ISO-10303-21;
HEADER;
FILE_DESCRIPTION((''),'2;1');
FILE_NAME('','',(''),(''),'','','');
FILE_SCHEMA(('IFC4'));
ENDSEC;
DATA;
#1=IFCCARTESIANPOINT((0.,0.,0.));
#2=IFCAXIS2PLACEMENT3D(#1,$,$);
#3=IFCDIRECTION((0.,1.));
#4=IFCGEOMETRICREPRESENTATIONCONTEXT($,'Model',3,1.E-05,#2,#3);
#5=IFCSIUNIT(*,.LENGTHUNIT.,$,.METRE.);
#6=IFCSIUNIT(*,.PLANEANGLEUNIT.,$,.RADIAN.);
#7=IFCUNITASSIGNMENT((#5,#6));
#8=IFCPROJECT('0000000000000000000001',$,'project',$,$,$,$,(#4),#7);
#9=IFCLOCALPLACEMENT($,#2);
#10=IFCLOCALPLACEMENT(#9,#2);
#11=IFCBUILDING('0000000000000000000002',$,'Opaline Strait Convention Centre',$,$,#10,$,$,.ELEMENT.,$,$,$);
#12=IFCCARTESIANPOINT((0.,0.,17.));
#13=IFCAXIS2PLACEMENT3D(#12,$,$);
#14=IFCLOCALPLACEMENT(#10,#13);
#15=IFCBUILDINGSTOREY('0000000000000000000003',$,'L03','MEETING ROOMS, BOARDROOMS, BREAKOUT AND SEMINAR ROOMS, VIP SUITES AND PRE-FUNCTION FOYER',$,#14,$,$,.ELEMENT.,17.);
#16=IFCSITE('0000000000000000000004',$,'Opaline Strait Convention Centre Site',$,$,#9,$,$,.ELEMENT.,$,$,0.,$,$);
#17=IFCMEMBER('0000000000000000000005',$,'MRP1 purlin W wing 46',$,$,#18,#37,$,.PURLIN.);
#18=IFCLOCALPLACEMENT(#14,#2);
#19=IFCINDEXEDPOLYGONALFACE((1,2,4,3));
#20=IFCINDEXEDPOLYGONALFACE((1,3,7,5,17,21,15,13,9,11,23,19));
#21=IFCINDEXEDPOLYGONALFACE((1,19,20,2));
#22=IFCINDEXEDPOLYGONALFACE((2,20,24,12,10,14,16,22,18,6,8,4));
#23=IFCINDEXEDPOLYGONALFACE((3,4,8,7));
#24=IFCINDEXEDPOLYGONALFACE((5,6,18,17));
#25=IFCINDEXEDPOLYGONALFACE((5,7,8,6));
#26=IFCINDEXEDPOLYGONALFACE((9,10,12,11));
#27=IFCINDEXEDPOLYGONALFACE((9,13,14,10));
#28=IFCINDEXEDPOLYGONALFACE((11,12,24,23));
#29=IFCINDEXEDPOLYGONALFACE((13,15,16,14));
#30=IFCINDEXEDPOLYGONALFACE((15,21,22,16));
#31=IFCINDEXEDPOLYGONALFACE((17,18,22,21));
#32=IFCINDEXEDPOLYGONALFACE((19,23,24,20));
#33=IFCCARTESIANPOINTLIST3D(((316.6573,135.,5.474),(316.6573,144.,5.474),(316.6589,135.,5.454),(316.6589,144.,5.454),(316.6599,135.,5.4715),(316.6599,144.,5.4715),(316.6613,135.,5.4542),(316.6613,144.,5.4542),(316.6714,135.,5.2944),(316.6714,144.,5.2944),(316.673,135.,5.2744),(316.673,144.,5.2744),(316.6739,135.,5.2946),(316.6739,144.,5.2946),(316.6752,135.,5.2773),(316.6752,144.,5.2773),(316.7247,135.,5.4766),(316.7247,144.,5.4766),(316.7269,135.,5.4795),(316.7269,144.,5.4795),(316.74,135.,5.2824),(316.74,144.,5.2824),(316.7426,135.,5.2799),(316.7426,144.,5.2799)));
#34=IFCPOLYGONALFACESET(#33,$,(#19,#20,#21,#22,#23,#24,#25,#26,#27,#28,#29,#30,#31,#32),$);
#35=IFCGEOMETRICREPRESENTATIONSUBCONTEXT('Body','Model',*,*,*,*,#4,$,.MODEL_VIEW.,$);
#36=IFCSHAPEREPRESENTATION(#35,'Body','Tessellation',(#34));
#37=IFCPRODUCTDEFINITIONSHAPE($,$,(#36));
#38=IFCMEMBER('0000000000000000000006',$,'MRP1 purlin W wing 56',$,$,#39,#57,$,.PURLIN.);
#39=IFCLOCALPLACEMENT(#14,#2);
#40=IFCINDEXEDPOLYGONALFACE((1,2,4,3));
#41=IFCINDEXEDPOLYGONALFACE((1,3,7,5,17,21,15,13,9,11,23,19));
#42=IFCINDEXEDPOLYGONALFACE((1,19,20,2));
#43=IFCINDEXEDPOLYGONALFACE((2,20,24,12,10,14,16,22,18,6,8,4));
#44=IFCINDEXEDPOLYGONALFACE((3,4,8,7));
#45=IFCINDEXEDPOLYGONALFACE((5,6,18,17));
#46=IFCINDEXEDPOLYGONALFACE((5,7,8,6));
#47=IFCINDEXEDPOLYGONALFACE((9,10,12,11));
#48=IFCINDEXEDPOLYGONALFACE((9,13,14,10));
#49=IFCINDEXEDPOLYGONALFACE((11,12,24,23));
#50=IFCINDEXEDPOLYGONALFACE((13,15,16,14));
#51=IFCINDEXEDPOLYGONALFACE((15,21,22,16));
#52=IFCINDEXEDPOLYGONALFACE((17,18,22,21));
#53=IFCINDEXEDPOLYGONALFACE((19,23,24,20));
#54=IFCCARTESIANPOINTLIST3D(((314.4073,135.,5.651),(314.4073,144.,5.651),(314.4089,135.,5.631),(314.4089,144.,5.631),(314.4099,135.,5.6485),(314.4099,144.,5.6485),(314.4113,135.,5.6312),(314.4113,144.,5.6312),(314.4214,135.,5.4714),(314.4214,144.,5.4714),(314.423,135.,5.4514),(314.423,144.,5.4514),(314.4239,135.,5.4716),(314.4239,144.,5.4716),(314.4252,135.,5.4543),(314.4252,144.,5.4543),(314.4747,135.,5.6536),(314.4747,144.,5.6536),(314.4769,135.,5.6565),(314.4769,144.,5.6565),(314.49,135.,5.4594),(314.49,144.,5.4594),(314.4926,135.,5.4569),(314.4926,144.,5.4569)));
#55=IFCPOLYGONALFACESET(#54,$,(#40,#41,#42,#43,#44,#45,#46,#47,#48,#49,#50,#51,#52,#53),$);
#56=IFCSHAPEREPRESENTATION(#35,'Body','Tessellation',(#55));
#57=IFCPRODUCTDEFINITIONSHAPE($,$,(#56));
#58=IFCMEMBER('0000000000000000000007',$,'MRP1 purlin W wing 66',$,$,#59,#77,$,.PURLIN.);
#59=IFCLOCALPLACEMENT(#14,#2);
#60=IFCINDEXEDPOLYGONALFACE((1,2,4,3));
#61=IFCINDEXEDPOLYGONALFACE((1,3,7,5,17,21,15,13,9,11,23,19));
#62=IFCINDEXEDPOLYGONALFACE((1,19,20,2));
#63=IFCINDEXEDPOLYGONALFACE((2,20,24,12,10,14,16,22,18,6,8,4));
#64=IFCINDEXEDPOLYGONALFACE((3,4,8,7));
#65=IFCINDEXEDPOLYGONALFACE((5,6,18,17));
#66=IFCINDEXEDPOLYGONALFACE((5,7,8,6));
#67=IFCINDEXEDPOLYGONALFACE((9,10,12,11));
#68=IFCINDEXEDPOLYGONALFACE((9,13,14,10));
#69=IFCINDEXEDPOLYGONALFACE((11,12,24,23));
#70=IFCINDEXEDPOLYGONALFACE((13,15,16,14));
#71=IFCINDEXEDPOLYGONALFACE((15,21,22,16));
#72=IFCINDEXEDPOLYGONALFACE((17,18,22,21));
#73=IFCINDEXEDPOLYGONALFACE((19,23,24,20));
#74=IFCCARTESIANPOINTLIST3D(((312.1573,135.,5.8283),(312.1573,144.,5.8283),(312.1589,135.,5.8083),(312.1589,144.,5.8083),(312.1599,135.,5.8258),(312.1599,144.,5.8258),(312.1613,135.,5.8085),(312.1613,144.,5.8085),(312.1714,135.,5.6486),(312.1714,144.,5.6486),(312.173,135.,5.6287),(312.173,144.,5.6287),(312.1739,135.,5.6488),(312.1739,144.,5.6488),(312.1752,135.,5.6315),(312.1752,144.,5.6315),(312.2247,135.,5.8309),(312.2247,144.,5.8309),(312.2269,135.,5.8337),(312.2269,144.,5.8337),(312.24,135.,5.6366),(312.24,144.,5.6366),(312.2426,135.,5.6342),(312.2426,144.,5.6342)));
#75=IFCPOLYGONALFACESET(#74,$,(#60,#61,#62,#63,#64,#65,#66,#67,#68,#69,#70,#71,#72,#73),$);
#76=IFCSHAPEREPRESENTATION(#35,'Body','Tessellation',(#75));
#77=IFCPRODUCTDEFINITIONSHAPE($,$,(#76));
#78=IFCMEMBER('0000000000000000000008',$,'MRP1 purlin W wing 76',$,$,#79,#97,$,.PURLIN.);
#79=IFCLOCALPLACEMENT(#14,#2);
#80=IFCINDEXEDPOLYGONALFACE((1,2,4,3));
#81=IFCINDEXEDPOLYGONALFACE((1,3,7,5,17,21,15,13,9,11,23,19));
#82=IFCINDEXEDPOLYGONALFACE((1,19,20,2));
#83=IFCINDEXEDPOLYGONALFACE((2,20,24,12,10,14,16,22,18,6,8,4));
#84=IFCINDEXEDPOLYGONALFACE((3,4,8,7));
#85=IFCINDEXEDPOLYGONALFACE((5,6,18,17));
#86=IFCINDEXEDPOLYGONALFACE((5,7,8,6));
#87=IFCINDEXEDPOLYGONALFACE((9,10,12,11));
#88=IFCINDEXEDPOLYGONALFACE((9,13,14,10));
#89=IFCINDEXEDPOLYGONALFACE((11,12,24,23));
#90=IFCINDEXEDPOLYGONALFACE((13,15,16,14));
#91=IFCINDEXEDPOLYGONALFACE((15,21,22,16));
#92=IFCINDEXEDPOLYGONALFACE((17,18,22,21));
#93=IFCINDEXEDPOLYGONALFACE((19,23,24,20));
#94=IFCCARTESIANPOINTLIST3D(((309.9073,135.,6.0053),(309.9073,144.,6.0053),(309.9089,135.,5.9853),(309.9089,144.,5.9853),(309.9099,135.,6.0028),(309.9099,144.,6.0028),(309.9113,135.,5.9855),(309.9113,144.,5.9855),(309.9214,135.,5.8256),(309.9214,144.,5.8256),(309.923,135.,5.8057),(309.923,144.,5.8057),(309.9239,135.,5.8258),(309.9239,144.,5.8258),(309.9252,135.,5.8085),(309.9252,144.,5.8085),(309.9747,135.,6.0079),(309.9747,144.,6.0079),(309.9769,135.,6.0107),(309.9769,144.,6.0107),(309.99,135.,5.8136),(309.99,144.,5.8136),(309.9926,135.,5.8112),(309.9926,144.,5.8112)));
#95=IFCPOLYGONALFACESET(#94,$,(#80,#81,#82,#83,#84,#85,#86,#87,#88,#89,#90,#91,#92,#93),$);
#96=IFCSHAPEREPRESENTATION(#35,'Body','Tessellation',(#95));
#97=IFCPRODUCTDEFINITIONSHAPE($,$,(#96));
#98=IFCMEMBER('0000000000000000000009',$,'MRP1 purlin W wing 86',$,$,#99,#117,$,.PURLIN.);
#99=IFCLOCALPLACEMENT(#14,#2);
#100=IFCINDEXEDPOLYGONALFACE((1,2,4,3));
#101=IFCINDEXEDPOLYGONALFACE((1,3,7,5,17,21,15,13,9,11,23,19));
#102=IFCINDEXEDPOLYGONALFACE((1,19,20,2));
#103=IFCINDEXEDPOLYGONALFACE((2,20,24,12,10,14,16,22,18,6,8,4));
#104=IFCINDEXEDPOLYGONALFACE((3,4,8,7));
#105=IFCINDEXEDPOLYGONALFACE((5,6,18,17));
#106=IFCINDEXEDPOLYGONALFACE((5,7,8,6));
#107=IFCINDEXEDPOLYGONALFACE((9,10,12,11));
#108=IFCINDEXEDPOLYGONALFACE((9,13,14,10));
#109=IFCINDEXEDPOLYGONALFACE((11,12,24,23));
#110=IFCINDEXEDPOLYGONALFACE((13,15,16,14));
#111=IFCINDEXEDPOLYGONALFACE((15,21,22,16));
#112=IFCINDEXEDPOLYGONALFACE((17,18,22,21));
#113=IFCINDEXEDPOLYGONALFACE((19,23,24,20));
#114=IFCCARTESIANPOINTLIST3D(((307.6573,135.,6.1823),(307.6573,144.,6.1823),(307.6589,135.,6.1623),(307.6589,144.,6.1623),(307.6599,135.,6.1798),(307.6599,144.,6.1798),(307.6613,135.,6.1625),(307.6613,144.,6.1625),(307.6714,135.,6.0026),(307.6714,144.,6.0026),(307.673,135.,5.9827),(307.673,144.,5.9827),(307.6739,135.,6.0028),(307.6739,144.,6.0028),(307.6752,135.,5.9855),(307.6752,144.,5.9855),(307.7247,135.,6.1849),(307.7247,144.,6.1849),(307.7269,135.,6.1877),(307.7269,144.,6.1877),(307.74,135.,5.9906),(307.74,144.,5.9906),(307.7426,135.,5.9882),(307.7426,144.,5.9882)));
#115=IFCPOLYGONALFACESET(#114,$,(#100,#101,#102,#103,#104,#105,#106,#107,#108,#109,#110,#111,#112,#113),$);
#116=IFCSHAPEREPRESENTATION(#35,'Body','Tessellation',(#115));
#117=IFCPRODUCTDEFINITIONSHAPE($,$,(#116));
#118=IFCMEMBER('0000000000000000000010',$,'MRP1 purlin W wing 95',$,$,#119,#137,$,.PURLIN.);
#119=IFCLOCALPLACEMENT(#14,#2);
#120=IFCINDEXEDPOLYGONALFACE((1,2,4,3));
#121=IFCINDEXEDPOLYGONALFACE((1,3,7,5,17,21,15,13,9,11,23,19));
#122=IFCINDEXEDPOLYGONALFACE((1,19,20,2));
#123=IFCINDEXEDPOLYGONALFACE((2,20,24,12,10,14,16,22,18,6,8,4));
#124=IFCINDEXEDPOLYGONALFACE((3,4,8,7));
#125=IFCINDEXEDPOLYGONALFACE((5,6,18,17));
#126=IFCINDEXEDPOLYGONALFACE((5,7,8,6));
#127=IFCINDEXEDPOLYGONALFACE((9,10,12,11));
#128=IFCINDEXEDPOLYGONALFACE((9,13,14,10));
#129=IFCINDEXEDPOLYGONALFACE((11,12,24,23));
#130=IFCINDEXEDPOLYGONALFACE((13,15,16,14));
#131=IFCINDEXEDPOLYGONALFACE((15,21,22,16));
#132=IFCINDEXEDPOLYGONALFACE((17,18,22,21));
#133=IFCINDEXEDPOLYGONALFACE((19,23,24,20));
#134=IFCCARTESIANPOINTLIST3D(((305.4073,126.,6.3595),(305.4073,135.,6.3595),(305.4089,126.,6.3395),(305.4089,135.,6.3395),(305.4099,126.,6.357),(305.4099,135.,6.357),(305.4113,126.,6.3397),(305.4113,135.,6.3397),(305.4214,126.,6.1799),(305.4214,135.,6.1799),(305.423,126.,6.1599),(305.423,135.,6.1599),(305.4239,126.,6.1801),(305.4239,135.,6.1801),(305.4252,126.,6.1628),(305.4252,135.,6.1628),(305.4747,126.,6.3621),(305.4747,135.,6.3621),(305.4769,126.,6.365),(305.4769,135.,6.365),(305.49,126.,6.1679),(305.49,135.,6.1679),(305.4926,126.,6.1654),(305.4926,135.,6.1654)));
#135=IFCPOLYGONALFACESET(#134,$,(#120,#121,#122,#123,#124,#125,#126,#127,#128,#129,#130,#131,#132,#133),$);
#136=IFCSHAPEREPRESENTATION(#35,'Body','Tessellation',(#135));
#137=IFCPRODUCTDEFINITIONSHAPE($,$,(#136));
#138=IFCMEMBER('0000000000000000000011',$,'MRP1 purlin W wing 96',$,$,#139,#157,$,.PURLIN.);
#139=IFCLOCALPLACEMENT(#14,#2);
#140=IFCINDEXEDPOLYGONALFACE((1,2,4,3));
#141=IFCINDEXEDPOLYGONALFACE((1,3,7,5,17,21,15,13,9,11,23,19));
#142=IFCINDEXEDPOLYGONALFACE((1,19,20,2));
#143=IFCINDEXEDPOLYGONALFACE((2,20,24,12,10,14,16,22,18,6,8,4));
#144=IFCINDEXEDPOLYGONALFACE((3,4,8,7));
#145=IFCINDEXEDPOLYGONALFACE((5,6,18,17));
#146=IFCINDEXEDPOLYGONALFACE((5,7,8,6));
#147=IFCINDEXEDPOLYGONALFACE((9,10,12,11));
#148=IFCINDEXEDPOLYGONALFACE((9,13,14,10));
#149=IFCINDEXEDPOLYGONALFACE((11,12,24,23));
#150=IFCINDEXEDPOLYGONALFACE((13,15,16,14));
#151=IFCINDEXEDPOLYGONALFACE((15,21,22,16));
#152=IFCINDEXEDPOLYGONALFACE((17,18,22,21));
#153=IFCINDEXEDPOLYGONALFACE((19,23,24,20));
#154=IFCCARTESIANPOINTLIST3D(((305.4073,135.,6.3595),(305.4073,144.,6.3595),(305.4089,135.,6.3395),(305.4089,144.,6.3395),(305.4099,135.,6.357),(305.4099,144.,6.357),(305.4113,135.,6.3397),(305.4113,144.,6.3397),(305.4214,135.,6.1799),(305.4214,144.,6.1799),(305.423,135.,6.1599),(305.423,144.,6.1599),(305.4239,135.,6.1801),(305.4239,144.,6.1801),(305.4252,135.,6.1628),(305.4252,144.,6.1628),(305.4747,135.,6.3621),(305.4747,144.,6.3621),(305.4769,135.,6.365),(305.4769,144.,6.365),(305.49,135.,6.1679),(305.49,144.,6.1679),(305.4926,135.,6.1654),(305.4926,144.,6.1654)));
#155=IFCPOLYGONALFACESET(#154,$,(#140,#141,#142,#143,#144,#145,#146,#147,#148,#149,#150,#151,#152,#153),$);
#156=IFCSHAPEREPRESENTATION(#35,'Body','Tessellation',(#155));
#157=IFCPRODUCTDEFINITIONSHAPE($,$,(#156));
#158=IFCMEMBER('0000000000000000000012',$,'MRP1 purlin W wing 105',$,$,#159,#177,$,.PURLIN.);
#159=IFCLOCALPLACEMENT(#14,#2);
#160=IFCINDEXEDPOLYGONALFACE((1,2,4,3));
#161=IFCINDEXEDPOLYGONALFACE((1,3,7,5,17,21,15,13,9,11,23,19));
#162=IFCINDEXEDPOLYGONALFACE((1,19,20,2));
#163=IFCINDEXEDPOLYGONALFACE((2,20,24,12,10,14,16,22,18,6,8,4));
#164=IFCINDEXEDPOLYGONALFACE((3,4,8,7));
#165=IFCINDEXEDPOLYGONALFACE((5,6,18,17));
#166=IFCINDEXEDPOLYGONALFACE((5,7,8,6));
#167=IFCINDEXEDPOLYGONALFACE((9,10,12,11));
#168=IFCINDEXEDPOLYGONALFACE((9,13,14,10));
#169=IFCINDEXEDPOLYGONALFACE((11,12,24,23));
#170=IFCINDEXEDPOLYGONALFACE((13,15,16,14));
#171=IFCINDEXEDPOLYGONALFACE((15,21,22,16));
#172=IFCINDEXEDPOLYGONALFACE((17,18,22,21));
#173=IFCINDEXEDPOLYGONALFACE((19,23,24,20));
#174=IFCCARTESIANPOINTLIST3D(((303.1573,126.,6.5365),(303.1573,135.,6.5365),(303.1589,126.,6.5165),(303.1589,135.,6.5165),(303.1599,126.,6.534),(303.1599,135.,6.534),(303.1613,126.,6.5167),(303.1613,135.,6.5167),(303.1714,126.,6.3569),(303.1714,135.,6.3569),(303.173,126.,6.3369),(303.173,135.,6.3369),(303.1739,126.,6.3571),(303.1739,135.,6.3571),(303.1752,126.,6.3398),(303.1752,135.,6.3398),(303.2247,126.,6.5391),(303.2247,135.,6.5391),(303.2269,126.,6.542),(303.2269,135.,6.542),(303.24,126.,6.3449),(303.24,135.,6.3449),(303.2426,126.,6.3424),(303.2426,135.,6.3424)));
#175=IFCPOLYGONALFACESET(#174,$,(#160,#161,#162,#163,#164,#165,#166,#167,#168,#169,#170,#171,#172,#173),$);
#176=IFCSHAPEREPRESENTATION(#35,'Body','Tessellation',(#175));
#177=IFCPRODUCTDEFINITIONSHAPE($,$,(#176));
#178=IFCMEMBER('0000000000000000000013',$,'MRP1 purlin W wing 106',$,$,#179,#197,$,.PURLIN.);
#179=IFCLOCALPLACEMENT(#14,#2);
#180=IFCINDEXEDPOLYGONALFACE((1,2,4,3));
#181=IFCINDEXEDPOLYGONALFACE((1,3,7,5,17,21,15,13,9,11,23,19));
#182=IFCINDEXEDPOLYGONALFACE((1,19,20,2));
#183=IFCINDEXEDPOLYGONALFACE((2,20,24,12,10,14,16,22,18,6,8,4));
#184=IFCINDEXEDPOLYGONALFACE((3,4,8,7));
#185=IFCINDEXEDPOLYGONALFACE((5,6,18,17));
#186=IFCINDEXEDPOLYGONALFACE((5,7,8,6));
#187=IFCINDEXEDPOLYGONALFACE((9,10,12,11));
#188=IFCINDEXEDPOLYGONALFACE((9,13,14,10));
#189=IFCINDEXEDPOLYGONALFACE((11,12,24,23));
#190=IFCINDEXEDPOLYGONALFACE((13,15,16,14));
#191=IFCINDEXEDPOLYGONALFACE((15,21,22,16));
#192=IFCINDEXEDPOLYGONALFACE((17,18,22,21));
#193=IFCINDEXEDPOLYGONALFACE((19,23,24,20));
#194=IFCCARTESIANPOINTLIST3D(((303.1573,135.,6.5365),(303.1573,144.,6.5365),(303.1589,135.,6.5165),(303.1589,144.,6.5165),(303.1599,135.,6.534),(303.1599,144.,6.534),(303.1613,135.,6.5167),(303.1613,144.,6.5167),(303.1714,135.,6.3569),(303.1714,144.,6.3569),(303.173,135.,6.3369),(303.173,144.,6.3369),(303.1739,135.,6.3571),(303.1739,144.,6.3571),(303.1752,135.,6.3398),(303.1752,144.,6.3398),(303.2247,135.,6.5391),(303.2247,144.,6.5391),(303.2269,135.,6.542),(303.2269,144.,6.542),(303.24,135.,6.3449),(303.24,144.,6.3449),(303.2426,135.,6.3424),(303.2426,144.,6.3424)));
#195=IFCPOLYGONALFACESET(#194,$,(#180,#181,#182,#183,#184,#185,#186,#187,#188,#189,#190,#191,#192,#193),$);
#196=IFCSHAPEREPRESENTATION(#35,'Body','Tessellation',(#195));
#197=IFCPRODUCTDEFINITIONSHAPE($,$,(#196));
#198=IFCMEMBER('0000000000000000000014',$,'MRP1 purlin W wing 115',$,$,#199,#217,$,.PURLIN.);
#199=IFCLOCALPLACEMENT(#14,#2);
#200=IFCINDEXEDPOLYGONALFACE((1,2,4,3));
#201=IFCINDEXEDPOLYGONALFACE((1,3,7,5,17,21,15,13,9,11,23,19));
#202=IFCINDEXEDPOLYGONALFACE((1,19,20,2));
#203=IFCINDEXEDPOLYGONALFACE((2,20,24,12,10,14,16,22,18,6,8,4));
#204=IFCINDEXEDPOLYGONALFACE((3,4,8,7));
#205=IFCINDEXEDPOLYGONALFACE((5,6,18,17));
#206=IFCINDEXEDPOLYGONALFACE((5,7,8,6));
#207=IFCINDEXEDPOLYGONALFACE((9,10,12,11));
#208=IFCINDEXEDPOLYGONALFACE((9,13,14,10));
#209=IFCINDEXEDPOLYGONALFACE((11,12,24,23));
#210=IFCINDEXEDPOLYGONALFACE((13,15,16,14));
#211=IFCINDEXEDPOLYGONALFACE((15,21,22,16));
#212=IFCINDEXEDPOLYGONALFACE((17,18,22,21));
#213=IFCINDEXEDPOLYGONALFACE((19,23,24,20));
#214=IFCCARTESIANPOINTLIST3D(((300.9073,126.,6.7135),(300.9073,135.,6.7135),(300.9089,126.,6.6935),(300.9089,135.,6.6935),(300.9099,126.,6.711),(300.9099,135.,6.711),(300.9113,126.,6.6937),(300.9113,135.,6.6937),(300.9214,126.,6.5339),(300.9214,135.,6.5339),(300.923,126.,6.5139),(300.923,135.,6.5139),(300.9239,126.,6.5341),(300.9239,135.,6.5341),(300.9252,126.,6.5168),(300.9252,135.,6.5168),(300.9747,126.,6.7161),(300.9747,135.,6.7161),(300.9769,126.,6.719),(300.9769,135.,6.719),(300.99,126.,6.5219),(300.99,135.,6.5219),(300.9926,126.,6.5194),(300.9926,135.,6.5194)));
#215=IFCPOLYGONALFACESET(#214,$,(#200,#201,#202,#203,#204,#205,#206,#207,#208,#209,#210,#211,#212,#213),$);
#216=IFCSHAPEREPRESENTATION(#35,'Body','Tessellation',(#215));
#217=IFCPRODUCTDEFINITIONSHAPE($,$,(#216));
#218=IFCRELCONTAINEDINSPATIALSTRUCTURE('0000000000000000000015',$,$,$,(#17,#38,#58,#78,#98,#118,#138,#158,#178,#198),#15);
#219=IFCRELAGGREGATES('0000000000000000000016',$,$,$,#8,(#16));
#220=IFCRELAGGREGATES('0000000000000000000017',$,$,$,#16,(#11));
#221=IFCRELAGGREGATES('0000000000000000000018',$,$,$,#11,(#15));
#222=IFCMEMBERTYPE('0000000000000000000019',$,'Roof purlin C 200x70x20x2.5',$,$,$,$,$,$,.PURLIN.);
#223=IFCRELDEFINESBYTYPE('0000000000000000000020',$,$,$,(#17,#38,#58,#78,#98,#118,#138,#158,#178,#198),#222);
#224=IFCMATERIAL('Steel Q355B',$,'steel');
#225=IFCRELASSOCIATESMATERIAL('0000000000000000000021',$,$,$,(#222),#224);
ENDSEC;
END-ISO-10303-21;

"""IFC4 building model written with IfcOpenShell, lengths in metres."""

from ifc_helpers import new_model, si_unit, direction, frame, origin, place, context, subcontext, project, spatial, polyline, outline, extrude, material, material_profile, profile_set, type_object, element, save


model = new_model("IFC4")

# Units and contexts
model_context = context("Model", 3, precision=1e-05, world=origin(), true_north=direction((0.0, 1.0)))
body_context = subcontext(model_context, "Body", "Model", "MODEL_VIEW")
ifc_project = project(units=[si_unit("LENGTHUNIT", "METRE"), si_unit("PLANEANGLEUNIT", "RADIAN")], contexts=[model_context])

# Site, building, storey
site_placement = place(None, origin())
site = spatial("IfcSite", under=ifc_project, at=site_placement, Name="Opaline Strait Convention Centre Site", CompositionType="ELEMENT", RefElevation=0.0)
building_placement = place(site_placement, origin())
building = spatial("IfcBuilding", under=site, at=building_placement, Name="Opaline Strait Convention Centre", CompositionType="ELEMENT")
storey_placement = place(building_placement, frame((0.0, 0.0, 17.0)))
storey = spatial("IfcBuildingStorey", under=building, at=storey_placement, Name="L03", Description="MEETING ROOMS, BOARDROOMS, BREAKOUT AND SEMINAR ROOMS, VIP SUITES AND PRE-FUNCTION FOYER", CompositionType="ELEMENT", Elevation=17.0)

# Members
ifc_material_1 = material(Name="Steel Q355B", Category="steel")
ifc_material_profile_1 = material_profile(ifc_material_1, outline(polyline([(-0.0349, -0.1001), (0.0349, -0.1001), (0.0349, -0.0801), (0.0325, -0.0801), (0.0325, -0.0974), (-0.0325, -0.0974), (-0.0325, 0.0974), (0.0325, 0.0974), (0.0325, 0.0801), (0.0349, 0.0801), (0.0349, 0.1001), (-0.0349, 0.1001), (-0.0349, -0.1001)])), Name="C 200x70x20x2.5")
ifc_profile_set_1 = profile_set([ifc_material_profile_1], Name="Steel Q355B")
member_type_1 = type_object("IfcMemberType", Name="Roof purlin C 200x70x20x2.5", PredefinedType="PURLIN", material=ifc_profile_set_1)
for number, where, z_axis, x_axis, name in (
    (1, (316.7, 135.0, 5.377), (0.0, 1.0, 0.0), (-0.996917, 0.0, -0.078459), "MRP1 purlin W wing 46"),
    (2, (314.45, 135.0, 5.554), (0.0, 1.0, 0.0), (-0.996917, 0.0, -0.078459), "MRP1 purlin W wing 56"),
    (3, (312.2, 135.0, 5.7312), (0.0, 1.0, 0.0), (-0.996917, 0.0, -0.078459), "MRP1 purlin W wing 66"),
    (4, (309.95, 135.0, 5.9082), (0.0, 1.0, 0.0), (-0.996917, 0.0, -0.078459), "MRP1 purlin W wing 76"),
    (5, (307.7, 135.0, 6.0852), (0.0, 1.0, 0.0), (-0.996917, 0.0, -0.078459), "MRP1 purlin W wing 86"),
    (6, (305.45, 126.0, 6.2625), (0.0, 1.0, 0.0), (-0.996917, 0.0, -0.078459), "MRP1 purlin W wing 95"),
    (7, (305.45, 135.0, 6.2625), (0.0, 1.0, 0.0), (-0.996917, 0.0, -0.078459), "MRP1 purlin W wing 96"),
    (8, (303.2, 126.0, 6.4395), (0.0, 1.0, 0.0), (-0.996917, 0.0, -0.078459), "MRP1 purlin W wing 105"),
    (9, (303.2, 135.0, 6.4395), (0.0, 1.0, 0.0), (-0.996917, 0.0, -0.078459), "MRP1 purlin W wing 106"),
    (10, (300.95, 126.0, 6.6165), (0.0, 1.0, 0.0), (-0.996917, 0.0, -0.078459), "MRP1 purlin W wing 115"),
):
    element("IfcMember", number, at=place(storey_placement, frame(where, z_axis=z_axis, x_axis=x_axis)), inside=storey, type_object=member_type_1, Name=name, PredefinedType="PURLIN", context=body_context, shape_type="SweptSolid", body=[
        extrude(outline(polyline([(-0.0349, -0.1001), (0.0349, -0.1001), (0.0349, -0.0801), (0.0325, -0.0801), (0.0325, -0.0974), (-0.0325, -0.0974), (-0.0325, 0.0974), (0.0325, 0.0974), (0.0325, 0.0801), (0.0349, 0.0801), (0.0349, 0.1001), (-0.0349, 0.1001), (-0.0349, -0.1001)])), origin(), (0.0, 0.0, 1.0), 9.0),
    ])

save(model, "model.ifc")
